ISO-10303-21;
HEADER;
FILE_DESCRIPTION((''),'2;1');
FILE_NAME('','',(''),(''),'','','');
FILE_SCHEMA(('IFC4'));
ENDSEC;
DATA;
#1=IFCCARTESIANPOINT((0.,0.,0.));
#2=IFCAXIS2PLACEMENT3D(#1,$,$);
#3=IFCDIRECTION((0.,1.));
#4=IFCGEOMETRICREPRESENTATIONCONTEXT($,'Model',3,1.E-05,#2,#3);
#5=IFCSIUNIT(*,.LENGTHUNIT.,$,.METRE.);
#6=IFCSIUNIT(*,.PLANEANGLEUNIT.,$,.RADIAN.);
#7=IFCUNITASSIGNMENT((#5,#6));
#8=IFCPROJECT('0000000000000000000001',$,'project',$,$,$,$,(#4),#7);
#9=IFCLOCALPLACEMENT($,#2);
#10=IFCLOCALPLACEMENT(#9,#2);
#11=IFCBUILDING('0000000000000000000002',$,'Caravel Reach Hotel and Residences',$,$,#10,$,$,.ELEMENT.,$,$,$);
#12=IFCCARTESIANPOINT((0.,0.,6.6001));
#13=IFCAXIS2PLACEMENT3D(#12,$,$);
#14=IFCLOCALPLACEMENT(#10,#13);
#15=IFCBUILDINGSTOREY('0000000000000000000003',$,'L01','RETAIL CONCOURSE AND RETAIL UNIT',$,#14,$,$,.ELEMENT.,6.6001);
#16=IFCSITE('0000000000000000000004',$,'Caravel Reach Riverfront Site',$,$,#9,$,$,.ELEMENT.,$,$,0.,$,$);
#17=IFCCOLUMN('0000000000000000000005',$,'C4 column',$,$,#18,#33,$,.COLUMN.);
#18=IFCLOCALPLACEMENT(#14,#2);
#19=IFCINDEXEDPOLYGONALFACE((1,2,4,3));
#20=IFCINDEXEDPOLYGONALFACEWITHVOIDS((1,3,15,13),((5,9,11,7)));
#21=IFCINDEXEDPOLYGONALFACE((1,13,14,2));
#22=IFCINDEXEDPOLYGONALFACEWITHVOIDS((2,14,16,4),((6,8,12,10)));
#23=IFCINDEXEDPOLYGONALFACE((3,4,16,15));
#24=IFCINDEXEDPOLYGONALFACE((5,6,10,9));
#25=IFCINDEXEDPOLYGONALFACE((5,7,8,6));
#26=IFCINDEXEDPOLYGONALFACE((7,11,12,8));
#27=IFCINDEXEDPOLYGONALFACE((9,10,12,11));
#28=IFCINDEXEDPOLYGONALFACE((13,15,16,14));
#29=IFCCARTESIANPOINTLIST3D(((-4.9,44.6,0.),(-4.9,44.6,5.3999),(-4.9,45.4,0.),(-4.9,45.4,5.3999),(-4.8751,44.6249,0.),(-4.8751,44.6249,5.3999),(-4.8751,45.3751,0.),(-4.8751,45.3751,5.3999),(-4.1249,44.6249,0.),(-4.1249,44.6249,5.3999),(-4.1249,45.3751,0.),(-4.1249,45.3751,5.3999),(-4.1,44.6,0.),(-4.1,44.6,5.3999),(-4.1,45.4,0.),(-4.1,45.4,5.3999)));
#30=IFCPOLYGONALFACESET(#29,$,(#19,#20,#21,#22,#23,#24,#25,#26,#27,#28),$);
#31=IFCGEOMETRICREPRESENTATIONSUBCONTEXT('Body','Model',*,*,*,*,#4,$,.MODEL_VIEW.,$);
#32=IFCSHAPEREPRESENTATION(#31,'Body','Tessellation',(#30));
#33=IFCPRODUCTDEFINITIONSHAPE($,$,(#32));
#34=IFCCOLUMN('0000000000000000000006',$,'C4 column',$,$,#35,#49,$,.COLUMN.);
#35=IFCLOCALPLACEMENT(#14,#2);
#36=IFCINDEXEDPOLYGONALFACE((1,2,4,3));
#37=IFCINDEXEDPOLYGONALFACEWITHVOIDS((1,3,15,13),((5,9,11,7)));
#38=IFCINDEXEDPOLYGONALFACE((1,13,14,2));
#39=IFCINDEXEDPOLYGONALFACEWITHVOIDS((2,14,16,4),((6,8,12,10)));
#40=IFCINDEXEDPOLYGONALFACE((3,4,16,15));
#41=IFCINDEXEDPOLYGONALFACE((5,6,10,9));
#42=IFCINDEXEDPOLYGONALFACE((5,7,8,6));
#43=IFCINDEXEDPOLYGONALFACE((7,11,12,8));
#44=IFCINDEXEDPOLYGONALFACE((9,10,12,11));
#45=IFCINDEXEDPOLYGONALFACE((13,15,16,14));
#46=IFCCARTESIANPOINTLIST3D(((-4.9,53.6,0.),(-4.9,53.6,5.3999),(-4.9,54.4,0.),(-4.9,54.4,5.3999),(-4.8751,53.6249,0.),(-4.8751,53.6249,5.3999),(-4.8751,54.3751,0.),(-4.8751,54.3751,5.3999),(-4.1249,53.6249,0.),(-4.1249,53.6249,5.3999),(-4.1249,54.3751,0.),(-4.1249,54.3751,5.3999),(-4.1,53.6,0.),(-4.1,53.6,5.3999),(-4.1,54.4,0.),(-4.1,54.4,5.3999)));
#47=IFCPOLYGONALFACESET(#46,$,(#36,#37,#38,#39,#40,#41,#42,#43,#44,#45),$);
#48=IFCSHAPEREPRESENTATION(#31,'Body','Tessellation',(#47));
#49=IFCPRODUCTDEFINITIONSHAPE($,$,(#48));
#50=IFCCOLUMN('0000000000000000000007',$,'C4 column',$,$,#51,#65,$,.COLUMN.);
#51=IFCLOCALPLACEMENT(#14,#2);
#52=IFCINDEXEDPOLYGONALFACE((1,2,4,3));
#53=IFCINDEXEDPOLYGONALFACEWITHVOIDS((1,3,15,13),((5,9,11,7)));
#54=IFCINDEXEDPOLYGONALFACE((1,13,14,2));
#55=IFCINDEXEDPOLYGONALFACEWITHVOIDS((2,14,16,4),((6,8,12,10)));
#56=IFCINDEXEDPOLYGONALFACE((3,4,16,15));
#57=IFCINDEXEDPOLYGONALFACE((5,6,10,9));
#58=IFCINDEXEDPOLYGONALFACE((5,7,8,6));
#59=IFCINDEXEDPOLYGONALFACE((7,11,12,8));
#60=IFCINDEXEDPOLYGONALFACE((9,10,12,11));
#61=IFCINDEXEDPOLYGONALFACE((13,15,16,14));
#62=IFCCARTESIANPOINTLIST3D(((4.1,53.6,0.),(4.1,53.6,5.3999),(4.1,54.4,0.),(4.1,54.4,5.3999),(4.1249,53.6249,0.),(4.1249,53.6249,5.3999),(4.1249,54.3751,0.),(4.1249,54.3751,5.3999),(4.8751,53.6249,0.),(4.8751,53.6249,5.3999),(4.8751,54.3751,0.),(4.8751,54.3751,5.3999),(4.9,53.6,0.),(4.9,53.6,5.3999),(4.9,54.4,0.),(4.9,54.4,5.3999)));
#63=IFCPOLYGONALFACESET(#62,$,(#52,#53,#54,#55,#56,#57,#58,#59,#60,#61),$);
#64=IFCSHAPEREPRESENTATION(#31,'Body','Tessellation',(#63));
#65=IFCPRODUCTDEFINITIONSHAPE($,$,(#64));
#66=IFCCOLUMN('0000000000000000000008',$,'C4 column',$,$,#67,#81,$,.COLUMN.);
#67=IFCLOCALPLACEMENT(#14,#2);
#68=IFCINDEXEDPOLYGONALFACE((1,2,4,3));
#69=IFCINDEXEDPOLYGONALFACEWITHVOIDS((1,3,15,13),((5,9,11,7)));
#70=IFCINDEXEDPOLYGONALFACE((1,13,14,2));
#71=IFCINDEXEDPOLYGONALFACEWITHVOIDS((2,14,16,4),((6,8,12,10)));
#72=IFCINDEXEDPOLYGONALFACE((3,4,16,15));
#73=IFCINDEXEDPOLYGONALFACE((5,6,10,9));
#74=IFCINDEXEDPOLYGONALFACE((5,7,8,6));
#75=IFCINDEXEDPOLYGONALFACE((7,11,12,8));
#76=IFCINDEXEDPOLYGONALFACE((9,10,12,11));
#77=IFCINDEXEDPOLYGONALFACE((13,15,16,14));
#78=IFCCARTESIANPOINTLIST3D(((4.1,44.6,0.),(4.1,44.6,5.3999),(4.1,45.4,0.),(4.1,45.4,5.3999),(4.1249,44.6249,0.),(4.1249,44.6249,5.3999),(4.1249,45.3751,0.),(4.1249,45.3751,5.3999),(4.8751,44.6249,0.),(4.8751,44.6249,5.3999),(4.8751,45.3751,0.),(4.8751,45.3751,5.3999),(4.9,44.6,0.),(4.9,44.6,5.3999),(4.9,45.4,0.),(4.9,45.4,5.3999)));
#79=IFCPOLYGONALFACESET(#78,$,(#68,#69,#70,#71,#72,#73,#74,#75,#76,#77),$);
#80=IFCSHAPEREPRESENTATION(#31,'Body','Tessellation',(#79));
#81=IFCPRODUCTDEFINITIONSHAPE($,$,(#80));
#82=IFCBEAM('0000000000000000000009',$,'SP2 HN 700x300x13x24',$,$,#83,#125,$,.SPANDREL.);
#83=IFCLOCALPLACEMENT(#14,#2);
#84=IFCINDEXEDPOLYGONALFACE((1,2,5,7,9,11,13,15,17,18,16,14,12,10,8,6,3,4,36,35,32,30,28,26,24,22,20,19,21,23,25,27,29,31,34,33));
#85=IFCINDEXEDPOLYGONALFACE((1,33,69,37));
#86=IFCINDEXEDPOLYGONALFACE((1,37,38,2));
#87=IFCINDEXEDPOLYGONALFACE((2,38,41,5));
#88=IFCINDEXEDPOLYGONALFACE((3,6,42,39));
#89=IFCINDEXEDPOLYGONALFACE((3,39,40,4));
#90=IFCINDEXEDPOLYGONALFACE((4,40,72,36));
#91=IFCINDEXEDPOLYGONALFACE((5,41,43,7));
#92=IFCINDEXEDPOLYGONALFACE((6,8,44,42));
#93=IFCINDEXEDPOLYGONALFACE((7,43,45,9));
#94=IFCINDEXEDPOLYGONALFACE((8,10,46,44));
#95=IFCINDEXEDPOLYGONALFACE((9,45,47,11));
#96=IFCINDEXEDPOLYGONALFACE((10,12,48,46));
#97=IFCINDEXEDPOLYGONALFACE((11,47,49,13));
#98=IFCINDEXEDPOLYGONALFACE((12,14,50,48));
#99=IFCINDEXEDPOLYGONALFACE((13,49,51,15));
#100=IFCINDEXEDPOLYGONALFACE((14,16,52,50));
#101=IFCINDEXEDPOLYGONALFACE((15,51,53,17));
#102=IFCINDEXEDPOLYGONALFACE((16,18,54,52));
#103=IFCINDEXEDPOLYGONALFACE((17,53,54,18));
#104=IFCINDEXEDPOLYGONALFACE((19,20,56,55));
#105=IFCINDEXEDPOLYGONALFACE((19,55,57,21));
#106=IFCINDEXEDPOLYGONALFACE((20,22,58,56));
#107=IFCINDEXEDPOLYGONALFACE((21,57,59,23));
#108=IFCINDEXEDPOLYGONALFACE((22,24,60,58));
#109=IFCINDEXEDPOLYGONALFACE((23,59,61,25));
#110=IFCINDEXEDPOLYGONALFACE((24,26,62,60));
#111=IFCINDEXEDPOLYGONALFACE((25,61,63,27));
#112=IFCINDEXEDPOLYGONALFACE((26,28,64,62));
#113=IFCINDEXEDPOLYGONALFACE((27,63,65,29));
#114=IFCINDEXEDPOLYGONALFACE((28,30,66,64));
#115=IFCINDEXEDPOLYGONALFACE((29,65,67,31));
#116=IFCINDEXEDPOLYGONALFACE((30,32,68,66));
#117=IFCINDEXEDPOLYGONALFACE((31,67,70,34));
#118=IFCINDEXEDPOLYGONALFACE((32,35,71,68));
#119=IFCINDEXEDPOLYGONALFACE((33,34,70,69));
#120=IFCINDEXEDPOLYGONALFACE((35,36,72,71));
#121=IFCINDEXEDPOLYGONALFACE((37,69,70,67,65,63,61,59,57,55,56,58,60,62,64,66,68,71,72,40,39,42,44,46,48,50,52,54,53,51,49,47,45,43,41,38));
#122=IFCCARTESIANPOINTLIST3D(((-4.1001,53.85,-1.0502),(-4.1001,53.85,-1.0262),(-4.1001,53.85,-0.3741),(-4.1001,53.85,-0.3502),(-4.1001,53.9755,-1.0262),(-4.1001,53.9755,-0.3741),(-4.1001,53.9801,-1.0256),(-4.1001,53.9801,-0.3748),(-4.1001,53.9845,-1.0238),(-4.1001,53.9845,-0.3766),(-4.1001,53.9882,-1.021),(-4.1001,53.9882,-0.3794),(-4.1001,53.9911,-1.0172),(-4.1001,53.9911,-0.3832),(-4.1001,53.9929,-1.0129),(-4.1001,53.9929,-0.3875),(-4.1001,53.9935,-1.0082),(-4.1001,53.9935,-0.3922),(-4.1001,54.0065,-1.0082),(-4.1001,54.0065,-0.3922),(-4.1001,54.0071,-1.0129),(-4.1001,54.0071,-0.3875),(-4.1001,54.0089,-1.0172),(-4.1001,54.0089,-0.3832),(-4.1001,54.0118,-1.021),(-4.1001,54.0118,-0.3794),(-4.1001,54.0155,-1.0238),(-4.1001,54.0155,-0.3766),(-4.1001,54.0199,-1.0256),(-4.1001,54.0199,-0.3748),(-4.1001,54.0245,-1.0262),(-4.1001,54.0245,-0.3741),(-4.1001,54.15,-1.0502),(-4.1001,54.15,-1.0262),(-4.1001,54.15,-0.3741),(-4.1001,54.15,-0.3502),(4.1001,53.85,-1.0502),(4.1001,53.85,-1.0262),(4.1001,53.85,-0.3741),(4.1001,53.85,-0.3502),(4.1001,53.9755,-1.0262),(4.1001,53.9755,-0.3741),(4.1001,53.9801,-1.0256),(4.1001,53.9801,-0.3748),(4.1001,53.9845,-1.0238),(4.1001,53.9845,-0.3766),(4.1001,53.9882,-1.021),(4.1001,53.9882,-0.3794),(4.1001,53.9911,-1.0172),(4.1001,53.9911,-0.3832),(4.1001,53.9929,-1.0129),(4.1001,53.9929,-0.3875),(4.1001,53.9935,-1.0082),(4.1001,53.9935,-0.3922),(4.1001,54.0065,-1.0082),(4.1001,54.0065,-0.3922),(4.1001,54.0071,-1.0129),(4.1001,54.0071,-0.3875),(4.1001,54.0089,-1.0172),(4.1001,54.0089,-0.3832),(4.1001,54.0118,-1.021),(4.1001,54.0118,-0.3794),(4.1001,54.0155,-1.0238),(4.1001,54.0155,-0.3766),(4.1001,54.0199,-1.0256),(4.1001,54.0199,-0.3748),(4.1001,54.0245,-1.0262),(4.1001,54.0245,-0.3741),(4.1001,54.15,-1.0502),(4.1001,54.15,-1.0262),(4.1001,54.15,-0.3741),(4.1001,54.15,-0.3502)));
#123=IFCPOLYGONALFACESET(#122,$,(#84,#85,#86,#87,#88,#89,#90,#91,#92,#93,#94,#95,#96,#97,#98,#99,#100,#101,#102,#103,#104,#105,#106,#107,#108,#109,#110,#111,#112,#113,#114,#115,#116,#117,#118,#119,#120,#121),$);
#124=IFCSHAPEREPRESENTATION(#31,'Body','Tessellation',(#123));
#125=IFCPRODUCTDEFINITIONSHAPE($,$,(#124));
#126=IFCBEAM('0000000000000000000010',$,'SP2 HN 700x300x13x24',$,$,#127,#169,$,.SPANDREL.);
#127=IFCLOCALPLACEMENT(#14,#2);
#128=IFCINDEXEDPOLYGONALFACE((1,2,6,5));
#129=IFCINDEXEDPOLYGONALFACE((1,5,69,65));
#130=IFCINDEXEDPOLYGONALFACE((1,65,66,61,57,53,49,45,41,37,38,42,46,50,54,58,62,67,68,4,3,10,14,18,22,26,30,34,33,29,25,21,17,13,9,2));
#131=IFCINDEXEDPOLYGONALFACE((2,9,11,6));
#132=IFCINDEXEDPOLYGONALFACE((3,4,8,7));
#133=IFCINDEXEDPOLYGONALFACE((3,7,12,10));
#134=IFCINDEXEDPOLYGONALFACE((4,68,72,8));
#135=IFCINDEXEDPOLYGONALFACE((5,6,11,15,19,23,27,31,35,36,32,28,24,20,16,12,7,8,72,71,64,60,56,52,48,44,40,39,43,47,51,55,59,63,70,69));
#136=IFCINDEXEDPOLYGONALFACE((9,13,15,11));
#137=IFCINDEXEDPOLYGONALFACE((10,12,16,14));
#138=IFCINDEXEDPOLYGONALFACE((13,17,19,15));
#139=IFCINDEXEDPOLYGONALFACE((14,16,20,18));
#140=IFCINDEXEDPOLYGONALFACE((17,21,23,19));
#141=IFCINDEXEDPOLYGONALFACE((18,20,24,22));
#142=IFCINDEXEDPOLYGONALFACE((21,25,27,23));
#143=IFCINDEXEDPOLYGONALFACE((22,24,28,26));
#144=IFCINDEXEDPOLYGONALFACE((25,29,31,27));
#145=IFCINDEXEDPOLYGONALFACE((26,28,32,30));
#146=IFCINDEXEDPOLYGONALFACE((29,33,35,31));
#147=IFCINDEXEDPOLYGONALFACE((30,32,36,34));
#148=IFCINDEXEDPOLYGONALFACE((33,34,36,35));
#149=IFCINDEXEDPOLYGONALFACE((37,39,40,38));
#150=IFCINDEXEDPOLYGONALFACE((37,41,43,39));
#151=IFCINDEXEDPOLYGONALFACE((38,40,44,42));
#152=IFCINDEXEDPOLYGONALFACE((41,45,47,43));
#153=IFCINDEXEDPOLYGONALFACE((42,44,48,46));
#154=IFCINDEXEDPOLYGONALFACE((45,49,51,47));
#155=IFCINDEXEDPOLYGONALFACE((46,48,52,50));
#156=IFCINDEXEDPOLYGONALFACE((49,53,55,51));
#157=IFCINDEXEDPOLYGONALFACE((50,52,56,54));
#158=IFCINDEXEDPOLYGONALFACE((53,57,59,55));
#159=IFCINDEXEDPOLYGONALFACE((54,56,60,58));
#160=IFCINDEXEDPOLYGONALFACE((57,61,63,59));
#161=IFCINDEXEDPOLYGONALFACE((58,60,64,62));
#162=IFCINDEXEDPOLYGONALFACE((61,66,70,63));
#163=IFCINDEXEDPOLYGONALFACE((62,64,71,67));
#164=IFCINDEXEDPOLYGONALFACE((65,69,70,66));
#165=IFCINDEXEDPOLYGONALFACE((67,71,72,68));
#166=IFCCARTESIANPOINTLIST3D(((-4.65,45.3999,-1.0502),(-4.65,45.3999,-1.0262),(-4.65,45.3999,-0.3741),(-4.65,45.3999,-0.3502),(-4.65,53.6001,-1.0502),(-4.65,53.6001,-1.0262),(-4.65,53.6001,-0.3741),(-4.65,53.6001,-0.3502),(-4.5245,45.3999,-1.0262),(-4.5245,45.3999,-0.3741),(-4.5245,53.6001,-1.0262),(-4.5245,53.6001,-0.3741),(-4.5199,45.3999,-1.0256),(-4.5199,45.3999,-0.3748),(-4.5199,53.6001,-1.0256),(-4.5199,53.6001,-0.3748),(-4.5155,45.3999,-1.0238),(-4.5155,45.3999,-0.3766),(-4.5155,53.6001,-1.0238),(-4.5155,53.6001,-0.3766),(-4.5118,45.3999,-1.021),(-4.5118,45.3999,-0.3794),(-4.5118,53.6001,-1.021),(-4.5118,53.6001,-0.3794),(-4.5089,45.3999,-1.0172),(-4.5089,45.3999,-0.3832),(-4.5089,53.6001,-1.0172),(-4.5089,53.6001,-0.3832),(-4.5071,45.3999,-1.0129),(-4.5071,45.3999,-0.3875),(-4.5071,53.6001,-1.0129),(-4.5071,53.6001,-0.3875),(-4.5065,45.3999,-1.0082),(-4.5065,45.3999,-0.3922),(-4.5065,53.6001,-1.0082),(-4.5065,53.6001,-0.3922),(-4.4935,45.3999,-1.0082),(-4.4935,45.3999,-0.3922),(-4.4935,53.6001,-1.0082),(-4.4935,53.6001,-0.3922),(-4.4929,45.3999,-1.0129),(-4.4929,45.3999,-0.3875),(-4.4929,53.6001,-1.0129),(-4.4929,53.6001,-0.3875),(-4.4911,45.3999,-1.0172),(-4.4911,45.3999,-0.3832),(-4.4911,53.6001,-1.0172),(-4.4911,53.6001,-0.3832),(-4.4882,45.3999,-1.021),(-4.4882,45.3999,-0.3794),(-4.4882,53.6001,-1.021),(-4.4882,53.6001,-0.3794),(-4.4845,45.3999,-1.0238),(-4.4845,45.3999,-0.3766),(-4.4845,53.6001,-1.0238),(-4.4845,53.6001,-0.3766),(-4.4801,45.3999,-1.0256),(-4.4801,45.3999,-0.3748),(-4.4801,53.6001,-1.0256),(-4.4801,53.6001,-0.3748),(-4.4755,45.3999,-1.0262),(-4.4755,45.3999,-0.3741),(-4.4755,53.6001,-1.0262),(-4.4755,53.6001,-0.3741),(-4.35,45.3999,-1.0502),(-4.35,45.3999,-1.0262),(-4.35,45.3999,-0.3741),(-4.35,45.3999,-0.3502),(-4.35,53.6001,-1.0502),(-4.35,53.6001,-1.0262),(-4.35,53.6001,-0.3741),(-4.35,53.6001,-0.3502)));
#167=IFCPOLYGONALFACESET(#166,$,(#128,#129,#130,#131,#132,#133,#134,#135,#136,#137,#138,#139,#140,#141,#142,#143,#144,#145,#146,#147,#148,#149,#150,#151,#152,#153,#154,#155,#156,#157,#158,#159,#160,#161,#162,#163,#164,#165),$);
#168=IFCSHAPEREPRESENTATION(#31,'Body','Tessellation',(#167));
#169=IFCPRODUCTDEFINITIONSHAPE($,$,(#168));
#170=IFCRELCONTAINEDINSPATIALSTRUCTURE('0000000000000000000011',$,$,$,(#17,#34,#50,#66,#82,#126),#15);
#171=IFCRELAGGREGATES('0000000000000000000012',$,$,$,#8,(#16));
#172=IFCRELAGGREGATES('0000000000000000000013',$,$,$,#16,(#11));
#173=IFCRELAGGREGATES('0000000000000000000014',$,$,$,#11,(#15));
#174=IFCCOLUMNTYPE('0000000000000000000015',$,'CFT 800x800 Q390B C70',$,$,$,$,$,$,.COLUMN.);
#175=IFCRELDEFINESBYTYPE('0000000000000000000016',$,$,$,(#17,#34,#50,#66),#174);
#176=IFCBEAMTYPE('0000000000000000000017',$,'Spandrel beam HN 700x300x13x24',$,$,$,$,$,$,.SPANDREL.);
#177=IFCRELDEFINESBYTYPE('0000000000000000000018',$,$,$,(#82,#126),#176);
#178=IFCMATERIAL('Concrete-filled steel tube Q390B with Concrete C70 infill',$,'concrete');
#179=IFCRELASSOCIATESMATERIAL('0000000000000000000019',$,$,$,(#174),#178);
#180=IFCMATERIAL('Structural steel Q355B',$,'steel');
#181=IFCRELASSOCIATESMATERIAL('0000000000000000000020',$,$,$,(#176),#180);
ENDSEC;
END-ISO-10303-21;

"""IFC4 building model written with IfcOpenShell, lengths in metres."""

from ifc_helpers import new_model, si_unit, direction, frame, origin, origin_2d, place, context, subcontext, project, spatial, hollow_rectangle, i_section, extrude, material, material_profile, profile_set, type_object, element, save


model = new_model("IFC4")

# Units and contexts
model_context = context("Model", 3, precision=1e-05, world=origin(), true_north=direction((0.0, 1.0)))
body_context = subcontext(model_context, "Body", "Model", "MODEL_VIEW")
ifc_project = project(units=[si_unit("LENGTHUNIT", "METRE"), si_unit("PLANEANGLEUNIT", "RADIAN")], contexts=[model_context])

# Site, building, storey
site_placement = place(None, origin())
site = spatial("IfcSite", under=ifc_project, at=site_placement, Name="Caravel Reach Riverfront Site", CompositionType="ELEMENT", RefElevation=0.0)
building_placement = place(site_placement, origin())
building = spatial("IfcBuilding", under=site, at=building_placement, Name="Caravel Reach Hotel and Residences", CompositionType="ELEMENT")
storey_placement = place(building_placement, frame((0.0, 0.0, 6.6001)))
storey = spatial("IfcBuildingStorey", under=building, at=storey_placement, Name="L01", Description="RETAIL CONCOURSE AND RETAIL UNIT", CompositionType="ELEMENT", Elevation=6.6001)

# Columns
ifc_material_1 = material(Name="Concrete-filled steel tube Q390B with Concrete C70 infill", Category="concrete")
ifc_material_profile_1 = material_profile(ifc_material_1, hollow_rectangle(XDim=0.8, YDim=0.8, WallThickness=0.0249, at=origin_2d()), Name="RHS 800x800x25")
ifc_profile_set_1 = profile_set([ifc_material_profile_1], Name="Concrete-filled steel tube Q390B with Concrete C70 infill")
column_type = type_object("IfcColumnType", Name="CFT 800x800 Q390B C70", PredefinedType="COLUMN", material=ifc_profile_set_1)
for number, where, z_axis, x_axis, name in (
    (1, (-4.5, 45.0, 0.0), (0.0, 0.0, 1.0), (1.0, 0.0, 0.0), "C4 column"),
    (2, (-4.5, 54.0, 0.0), (0.0, 0.0, 1.0), (1.0, 0.0, 0.0), "C4 column"),
    (3, (4.5, 54.0, 0.0), (0.0, 0.0, 1.0), (1.0, 0.0, 0.0), "C4 column"),
    (4, (4.5, 45.0, 0.0), (0.0, 0.0, 1.0), (1.0, 0.0, 0.0), "C4 column"),
):
    element("IfcColumn", number, at=place(storey_placement, frame(where, z_axis=z_axis, x_axis=x_axis)), inside=storey, type_object=column_type, Name=name, PredefinedType="COLUMN", context=body_context, shape_type="SweptSolid", body=[
        extrude(hollow_rectangle(XDim=0.8, YDim=0.8, WallThickness=0.0249, at=origin_2d()), origin(), (0.0, 0.0, 1.0), 5.3999),
    ])

# Beams
ifc_material_2 = material(Name="Structural steel Q355B", Category="steel")
ifc_material_profile_2 = material_profile(ifc_material_2, i_section(OverallWidth=0.3, OverallDepth=0.7, WebThickness=0.0129, FlangeThickness=0.0239, FilletRadius=0.0181, at=origin_2d()), Name="HN 700x300x13x24")
ifc_profile_set_2 = profile_set([ifc_material_profile_2], Name="Structural steel Q355B")
beam_type = type_object("IfcBeamType", Name="Spandrel beam HN 700x300x13x24", PredefinedType="SPANDREL", material=ifc_profile_set_2)
for number, where, z_axis, x_axis, name in (
    (5, (4.1001, 54.0, -0.7002), (-1.0, 0.0, 0.0), (0.0, -1.0, 0.0), "SP2 HN 700x300x13x24"),
    (6, (-4.5, 53.6001, -0.7002), (0.0, -1.0, 0.0), (1.0, 0.0, 0.0), "SP2 HN 700x300x13x24"),
):
    element("IfcBeam", number, at=place(storey_placement, frame(where, z_axis=z_axis, x_axis=x_axis)), inside=storey, type_object=beam_type, Name=name, PredefinedType="SPANDREL", context=body_context, shape_type="SweptSolid", body=[
        extrude(i_section(OverallWidth=0.3, OverallDepth=0.7, WebThickness=0.0129, FlangeThickness=0.0239, FilletRadius=0.0181, at=origin_2d()), origin(), (0.0, 0.0, 1.0), 8.2002),
    ])

save(model, "model.ifc")
